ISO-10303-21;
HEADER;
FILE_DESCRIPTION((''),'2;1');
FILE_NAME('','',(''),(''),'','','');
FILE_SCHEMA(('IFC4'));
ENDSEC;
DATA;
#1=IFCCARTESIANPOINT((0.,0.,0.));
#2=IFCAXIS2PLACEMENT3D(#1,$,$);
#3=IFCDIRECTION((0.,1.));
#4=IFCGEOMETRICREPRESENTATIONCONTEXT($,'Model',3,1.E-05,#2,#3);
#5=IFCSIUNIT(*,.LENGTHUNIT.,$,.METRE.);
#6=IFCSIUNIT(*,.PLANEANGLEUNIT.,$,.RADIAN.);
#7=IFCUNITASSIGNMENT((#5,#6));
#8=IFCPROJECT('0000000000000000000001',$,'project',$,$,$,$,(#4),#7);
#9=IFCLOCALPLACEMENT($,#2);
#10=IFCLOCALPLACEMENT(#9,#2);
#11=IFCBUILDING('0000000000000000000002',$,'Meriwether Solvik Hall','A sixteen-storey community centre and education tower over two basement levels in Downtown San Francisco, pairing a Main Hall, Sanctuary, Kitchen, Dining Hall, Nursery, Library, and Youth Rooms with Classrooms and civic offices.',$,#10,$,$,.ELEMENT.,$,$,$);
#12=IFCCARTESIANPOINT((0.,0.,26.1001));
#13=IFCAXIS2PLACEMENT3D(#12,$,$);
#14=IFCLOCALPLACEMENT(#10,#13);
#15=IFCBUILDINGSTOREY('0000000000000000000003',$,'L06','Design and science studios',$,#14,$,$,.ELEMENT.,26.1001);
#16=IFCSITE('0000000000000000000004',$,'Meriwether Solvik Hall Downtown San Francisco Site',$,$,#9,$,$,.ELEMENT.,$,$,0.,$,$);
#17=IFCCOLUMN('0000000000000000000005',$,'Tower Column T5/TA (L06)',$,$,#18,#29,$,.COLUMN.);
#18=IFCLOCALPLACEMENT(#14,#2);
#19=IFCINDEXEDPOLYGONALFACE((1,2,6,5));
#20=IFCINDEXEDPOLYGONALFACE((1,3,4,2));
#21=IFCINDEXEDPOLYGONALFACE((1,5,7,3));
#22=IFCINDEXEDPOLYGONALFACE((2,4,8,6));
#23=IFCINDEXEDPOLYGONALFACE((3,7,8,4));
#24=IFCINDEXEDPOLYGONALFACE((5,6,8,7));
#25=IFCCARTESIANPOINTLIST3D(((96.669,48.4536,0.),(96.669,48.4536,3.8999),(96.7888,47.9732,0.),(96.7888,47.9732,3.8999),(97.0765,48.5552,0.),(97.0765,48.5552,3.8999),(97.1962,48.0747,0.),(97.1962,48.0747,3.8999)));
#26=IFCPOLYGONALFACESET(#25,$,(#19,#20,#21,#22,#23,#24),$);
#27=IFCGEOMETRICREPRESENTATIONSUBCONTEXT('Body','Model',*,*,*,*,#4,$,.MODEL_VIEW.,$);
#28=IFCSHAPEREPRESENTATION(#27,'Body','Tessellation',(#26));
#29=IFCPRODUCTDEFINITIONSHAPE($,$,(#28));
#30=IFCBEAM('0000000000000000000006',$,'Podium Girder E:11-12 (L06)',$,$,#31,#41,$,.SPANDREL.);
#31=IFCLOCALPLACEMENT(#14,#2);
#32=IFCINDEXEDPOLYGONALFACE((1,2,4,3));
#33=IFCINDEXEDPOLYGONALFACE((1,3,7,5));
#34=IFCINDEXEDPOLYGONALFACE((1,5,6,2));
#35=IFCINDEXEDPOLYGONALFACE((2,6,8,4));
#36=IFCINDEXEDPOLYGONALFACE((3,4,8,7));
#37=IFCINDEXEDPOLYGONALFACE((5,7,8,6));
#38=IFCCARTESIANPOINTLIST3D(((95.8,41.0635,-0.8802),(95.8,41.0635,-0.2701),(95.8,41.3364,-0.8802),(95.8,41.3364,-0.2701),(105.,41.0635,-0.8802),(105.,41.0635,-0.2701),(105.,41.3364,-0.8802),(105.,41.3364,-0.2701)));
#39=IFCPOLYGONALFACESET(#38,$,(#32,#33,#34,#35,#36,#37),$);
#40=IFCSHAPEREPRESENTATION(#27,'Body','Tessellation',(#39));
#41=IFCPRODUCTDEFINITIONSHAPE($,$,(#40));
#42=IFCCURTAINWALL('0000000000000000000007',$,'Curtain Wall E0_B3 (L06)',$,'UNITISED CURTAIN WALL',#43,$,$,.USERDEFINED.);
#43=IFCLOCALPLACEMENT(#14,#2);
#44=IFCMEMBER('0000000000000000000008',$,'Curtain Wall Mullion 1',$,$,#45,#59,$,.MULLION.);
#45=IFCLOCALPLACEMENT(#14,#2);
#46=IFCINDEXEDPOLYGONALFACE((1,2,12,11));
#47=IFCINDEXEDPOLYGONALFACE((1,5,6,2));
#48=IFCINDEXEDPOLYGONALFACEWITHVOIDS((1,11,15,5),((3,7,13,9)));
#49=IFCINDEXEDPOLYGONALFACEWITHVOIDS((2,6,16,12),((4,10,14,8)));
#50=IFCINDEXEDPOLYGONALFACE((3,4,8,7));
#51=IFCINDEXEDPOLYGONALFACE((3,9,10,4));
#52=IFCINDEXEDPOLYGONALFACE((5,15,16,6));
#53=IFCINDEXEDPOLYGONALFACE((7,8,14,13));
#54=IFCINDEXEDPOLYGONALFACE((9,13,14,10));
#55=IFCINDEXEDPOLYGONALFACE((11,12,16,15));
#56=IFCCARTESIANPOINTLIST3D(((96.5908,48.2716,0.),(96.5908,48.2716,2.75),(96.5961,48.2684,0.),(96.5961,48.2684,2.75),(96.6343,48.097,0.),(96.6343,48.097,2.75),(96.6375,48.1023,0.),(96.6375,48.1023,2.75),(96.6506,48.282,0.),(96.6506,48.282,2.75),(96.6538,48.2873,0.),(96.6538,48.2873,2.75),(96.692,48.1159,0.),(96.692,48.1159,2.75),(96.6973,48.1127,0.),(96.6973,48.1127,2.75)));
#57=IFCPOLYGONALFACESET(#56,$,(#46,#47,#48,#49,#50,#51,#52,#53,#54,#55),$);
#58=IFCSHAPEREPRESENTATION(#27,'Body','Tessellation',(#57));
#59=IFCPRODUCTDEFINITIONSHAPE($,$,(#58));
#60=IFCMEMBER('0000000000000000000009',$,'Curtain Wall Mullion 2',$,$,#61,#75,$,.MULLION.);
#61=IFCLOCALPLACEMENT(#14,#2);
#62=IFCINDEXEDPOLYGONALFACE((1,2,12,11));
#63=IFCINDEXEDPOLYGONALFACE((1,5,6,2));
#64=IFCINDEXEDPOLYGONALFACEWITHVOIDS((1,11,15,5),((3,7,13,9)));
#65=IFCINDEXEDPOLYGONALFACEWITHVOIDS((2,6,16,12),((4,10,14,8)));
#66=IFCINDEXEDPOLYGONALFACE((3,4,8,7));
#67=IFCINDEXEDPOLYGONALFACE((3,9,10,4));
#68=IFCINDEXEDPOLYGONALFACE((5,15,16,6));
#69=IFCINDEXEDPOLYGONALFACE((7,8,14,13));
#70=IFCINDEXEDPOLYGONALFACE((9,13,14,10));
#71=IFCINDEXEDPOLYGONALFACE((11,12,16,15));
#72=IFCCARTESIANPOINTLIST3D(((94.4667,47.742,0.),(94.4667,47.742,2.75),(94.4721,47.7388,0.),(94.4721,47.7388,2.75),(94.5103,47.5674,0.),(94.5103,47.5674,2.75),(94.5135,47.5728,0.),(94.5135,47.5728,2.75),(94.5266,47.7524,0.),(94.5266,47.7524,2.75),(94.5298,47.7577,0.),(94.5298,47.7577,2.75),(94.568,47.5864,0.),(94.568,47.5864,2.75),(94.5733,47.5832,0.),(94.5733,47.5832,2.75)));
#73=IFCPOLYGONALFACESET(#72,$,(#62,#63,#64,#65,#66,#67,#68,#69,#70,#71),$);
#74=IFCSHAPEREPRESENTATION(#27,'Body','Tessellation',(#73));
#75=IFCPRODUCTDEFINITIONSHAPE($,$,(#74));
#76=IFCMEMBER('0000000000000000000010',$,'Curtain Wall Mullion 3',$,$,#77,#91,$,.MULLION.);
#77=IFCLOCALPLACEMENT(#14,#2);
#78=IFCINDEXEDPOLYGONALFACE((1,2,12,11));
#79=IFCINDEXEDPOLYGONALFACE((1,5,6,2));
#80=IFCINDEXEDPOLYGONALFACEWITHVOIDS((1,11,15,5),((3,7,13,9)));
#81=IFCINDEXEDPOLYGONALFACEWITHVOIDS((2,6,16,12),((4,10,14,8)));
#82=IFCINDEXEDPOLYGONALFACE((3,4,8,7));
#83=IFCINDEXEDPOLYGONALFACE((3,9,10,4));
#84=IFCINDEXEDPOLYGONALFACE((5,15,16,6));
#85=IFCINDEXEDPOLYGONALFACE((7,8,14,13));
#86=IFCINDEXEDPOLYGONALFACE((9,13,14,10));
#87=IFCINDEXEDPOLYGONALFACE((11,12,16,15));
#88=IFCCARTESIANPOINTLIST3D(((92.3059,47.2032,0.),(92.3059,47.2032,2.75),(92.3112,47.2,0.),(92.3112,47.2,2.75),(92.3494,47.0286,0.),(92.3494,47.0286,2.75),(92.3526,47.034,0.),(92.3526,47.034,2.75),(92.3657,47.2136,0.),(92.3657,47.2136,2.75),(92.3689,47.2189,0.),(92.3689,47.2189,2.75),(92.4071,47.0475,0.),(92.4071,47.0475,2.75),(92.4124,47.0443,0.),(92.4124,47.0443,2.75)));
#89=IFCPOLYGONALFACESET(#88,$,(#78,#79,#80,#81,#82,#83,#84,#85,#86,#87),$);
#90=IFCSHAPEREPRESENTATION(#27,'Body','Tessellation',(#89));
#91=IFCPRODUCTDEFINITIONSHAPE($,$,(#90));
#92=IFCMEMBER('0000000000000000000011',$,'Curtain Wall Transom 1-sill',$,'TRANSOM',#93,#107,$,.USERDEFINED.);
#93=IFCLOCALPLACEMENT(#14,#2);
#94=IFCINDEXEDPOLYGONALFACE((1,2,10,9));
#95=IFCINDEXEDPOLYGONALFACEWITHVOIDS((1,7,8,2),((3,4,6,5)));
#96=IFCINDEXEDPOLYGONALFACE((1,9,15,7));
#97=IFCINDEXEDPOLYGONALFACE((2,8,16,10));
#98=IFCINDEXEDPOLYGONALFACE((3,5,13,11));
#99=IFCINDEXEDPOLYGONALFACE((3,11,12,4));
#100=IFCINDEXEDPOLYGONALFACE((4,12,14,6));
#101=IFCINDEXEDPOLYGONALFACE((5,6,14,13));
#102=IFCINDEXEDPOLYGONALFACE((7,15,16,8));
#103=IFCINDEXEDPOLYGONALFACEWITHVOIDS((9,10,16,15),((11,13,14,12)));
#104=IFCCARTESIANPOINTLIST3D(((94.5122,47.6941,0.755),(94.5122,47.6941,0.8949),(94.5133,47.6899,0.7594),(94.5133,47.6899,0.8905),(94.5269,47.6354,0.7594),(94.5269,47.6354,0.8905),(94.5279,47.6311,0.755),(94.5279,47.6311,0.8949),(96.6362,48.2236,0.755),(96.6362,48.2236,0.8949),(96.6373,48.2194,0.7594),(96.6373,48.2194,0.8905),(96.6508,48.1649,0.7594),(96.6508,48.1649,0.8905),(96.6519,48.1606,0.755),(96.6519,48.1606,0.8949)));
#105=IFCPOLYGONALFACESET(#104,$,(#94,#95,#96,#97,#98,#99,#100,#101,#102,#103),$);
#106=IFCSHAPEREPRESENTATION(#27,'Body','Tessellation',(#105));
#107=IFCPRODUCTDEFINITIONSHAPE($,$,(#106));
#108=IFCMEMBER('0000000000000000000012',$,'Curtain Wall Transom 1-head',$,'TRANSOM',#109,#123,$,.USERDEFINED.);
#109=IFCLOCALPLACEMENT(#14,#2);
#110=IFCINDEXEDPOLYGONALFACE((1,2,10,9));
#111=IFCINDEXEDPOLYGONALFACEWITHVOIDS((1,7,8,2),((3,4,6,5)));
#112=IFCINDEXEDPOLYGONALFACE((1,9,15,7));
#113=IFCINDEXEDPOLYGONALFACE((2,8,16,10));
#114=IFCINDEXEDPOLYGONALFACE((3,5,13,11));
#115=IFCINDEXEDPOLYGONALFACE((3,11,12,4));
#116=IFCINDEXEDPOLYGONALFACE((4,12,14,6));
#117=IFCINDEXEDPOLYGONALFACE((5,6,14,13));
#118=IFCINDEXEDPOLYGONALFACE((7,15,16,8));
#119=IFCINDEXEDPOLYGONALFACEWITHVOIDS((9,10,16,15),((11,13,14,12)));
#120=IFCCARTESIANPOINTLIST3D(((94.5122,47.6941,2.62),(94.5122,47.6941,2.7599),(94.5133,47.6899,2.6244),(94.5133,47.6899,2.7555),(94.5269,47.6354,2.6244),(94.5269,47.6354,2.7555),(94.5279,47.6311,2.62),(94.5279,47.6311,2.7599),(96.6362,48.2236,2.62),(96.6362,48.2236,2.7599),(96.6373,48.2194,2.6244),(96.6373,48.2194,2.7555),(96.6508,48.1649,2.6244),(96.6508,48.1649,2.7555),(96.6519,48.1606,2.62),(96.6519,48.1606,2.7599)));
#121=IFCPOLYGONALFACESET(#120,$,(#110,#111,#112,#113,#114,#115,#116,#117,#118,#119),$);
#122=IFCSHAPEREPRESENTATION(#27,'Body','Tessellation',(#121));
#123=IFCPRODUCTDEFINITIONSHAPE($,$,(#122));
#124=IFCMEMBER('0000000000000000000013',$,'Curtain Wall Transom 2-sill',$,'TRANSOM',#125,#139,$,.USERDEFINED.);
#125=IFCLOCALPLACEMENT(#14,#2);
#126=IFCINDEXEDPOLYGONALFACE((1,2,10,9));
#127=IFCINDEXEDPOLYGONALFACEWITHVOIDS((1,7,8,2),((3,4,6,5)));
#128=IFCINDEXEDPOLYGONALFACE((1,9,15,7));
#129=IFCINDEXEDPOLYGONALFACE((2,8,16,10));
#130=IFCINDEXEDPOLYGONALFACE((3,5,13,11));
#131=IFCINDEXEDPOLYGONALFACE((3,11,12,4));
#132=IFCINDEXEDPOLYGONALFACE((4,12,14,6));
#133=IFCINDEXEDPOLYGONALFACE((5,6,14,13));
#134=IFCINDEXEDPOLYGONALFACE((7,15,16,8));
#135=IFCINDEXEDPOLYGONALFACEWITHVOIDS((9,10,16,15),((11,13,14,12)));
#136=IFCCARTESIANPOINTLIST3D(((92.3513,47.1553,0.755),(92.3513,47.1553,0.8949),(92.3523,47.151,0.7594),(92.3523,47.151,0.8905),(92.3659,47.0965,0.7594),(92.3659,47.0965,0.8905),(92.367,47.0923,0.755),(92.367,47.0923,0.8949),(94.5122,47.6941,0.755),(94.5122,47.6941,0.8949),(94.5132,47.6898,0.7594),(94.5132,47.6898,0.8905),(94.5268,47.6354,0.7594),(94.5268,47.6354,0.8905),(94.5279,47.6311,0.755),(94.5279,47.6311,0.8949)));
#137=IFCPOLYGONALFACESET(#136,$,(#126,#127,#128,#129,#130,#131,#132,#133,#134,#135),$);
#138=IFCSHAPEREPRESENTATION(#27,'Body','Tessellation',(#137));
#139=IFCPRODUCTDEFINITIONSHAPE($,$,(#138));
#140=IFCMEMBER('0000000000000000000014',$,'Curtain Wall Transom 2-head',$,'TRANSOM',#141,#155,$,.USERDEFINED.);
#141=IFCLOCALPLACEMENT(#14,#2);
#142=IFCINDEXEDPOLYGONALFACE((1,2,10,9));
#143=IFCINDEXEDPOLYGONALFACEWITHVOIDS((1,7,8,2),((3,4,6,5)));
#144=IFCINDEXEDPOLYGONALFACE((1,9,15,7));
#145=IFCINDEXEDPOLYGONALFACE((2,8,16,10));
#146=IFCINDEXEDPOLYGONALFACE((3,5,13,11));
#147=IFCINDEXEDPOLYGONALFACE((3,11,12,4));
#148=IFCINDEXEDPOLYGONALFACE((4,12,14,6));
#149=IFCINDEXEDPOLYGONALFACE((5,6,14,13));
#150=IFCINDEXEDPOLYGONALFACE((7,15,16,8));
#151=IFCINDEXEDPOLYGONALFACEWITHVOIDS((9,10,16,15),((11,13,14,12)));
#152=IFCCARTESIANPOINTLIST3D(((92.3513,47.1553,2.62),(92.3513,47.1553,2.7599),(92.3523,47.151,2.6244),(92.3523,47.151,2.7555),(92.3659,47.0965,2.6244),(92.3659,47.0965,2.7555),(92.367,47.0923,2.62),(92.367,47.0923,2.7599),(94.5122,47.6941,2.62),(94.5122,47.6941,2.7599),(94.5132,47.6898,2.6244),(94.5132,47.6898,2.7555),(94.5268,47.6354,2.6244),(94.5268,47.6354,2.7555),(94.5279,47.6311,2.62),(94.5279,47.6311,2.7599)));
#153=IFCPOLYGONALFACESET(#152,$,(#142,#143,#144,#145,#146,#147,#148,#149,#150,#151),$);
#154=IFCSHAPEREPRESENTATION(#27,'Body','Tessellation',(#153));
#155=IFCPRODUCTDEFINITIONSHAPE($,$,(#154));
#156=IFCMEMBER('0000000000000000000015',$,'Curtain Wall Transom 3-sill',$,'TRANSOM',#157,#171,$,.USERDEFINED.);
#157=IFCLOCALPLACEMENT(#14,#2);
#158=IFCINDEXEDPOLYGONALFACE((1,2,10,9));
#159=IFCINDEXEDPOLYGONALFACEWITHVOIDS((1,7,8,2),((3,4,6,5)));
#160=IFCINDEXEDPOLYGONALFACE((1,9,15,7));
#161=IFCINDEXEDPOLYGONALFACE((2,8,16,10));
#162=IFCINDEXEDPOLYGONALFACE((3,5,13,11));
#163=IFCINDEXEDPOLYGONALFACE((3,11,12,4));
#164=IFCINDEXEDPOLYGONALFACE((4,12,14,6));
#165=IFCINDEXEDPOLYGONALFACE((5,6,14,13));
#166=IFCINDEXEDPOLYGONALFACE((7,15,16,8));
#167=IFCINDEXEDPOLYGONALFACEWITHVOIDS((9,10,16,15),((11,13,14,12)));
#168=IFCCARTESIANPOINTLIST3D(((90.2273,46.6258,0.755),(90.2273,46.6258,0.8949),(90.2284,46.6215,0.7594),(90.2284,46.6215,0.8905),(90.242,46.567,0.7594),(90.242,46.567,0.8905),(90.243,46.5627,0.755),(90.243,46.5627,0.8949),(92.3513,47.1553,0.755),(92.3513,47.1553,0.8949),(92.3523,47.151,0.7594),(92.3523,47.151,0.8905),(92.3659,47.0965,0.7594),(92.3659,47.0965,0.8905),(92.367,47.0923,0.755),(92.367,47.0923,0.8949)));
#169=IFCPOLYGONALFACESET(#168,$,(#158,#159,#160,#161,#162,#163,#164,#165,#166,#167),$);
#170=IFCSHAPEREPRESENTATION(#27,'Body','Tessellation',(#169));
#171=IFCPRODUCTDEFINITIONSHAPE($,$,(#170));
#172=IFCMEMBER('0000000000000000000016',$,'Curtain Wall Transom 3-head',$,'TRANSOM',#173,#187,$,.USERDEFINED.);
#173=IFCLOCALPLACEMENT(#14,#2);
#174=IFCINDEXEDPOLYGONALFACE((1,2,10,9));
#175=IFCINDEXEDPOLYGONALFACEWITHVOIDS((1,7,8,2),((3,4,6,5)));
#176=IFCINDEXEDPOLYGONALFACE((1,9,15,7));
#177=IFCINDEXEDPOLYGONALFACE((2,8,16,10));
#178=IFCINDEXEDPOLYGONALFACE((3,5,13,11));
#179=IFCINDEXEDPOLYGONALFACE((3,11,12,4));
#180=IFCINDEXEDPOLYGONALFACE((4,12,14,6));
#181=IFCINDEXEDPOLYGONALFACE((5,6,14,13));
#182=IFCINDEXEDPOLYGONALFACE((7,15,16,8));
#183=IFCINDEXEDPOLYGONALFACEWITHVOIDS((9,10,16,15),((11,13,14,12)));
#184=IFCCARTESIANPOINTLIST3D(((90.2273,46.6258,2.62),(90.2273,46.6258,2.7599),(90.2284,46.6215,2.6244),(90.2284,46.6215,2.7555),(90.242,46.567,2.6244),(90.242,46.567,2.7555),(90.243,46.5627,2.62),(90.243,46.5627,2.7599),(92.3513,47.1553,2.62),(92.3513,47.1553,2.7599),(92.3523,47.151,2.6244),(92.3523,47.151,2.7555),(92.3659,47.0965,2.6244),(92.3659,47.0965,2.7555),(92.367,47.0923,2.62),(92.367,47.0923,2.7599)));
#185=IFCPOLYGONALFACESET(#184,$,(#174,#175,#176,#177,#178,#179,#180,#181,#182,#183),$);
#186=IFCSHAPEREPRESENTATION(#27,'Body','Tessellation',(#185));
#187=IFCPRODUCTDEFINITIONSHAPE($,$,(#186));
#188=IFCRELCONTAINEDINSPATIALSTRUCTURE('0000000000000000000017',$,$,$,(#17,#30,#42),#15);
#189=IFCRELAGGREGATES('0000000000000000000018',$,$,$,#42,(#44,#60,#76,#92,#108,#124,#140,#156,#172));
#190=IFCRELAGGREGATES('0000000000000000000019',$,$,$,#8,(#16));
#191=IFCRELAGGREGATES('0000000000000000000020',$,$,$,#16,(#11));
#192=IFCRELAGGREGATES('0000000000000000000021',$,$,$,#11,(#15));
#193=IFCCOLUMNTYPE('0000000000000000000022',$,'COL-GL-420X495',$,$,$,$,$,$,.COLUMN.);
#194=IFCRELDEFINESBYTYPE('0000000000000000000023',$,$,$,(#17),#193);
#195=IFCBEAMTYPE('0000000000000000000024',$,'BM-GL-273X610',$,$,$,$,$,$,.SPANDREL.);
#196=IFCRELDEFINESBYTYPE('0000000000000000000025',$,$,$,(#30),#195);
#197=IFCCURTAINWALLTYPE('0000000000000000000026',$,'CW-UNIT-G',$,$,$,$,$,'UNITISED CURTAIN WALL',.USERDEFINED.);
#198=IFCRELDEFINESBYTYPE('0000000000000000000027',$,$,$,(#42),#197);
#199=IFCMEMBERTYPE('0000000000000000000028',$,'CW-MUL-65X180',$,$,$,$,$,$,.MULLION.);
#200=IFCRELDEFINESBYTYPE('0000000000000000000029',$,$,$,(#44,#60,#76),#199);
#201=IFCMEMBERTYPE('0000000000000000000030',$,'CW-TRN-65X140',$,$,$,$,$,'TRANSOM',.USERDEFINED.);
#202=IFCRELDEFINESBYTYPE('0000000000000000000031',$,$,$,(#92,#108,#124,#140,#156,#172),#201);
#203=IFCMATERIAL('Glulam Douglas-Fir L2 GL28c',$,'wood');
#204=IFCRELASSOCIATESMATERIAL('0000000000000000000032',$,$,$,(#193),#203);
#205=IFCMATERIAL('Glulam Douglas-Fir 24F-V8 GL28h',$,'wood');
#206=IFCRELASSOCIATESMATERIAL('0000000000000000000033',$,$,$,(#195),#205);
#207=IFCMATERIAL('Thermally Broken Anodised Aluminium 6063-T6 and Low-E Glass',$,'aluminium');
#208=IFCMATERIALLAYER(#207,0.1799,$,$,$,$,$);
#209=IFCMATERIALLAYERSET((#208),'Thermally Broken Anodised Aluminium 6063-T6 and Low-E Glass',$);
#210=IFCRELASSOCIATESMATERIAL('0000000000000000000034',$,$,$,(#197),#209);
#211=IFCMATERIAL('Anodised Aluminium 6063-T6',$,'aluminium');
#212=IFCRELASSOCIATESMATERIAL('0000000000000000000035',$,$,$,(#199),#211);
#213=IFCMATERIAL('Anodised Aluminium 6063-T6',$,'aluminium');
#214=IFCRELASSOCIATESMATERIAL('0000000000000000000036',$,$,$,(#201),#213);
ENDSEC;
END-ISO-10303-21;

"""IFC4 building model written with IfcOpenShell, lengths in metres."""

from ifc_helpers import new_model, si_unit, direction, frame, origin, origin_2d, place, context, subcontext, project, spatial, rectangle, hollow_rectangle, extrude, material, layer, layer_set, material_profile, profile_set, type_object, element, aggregate, save


model = new_model("IFC4")

# Units and contexts
model_context = context("Model", 3, precision=1e-05, world=origin(), true_north=direction((0.0, 1.0)))
body_context = subcontext(model_context, "Body", "Model", "MODEL_VIEW")
ifc_project = project(units=[si_unit("LENGTHUNIT", "METRE"), si_unit("PLANEANGLEUNIT", "RADIAN")], contexts=[model_context])

# Site, building, storey
site_placement = place(None, origin())
site = spatial("IfcSite", under=ifc_project, at=site_placement, Name="Meriwether Solvik Hall Downtown San Francisco Site", CompositionType="ELEMENT", RefElevation=0.0)
building_placement = place(site_placement, origin())
building = spatial("IfcBuilding", under=site, at=building_placement, Name="Meriwether Solvik Hall", Description="A sixteen-storey community centre and education tower over two basement levels in Downtown San Francisco, pairing a Main Hall, Sanctuary, Kitchen, Dining Hall, Nursery, Library, and Youth Rooms with Classrooms and civic offices.", CompositionType="ELEMENT")
storey_placement = place(building_placement, frame((0.0, 0.0, 26.1001)))
storey = spatial("IfcBuildingStorey", under=building, at=storey_placement, Name="L06", Description="Design and science studios", CompositionType="ELEMENT", Elevation=26.1001)

# Column
ifc_material_1 = material(Name="Glulam Douglas-Fir L2 GL28c", Category="wood")
ifc_material_profile_1 = material_profile(ifc_material_1, rectangle(XDim=0.4199, YDim=0.4951, at=origin_2d()), Name="GLC-420X495")
ifc_profile_set_1 = profile_set([ifc_material_profile_1], Name="Glulam Douglas-Fir L2 GL28c")
column_type = type_object("IfcColumnType", Name="COL-GL-420X495", PredefinedType="COLUMN", material=ifc_profile_set_1)
column_placement = place(storey_placement, frame((96.9326, 48.2642, 0.0), z_axis=(0.0, 0.0, 1.0), x_axis=(0.970296, 0.241922, 0.0)))
element("IfcColumn", 1, at=column_placement, inside=storey, type_object=column_type, Name="Tower Column T5/TA (L06)", PredefinedType="COLUMN", context=body_context, shape_type="SweptSolid", body=[
    extrude(rectangle(XDim=0.4199, YDim=0.4951, at=origin_2d()), origin(), (0.0, 0.0, 1.0), 3.8999),
])

# Beam
ifc_material_2 = material(Name="Glulam Douglas-Fir 24F-V8 GL28h", Category="wood")
ifc_material_profile_2 = material_profile(ifc_material_2, rectangle(XDim=0.2729, YDim=0.6101, at=origin_2d()), Name="GLB-273X610")
ifc_profile_set_2 = profile_set([ifc_material_profile_2], Name="Glulam Douglas-Fir 24F-V8 GL28h")
beam_type_1 = type_object("IfcBeamType", Name="BM-GL-273X610", PredefinedType="SPANDREL", material=ifc_profile_set_2)
beam_placement = place(storey_placement, frame((95.8, 41.2, -0.5752), z_axis=(1.0, 0.0, 0.0), x_axis=(0.0, 1.0, 0.0)))
element("IfcBeam", 2, at=beam_placement, inside=storey, type_object=beam_type_1, Name="Podium Girder E:11-12 (L06)", PredefinedType="SPANDREL", context=body_context, shape_type="SweptSolid", body=[
    extrude(rectangle(XDim=0.2729, YDim=0.6101, at=origin_2d()), origin(), (0.0, 0.0, 1.0), 9.2),
])

# Curtain wall, members
ifc_material_3 = material(Name="Thermally Broken Anodised Aluminium 6063-T6 and Low-E Glass", Category="aluminium")
ifc_layer_1 = layer(ifc_material_3, 0.1799)
ifc_layer_set_1 = layer_set([ifc_layer_1], Name="Thermally Broken Anodised Aluminium 6063-T6 and Low-E Glass")
curtain_wall_type = type_object("IfcCurtainWallType", Name="CW-UNIT-G", ElementType="UNITISED CURTAIN WALL", PredefinedType="USERDEFINED", material=ifc_layer_set_1)
curtain_wall_placement = place(storey_placement, origin())
curtain_wall = element("IfcCurtainWall", 3, at=curtain_wall_placement, inside=storey, type_object=curtain_wall_type, Name="Curtain Wall E0_B3 (L06)", ObjectType="UNITISED CURTAIN WALL", PredefinedType="USERDEFINED")
ifc_material_4 = material(Name="Anodised Aluminium 6063-T6", Category="aluminium")
ifc_material_profile_3 = material_profile(ifc_material_4, hollow_rectangle(XDim=0.0649, YDim=0.1799, WallThickness=0.0044, at=origin_2d()), Name="CWM-65X180")
ifc_profile_set_3 = profile_set([ifc_material_profile_3], Name="Anodised Aluminium 6063-T6")
member_type_1 = type_object("IfcMemberType", Name="CW-MUL-65X180", PredefinedType="MULLION", material=ifc_profile_set_3)
member_1_placement = place(storey_placement, frame((96.644, 48.1921, 0.0), z_axis=(0.0, 0.0, 1.0), x_axis=(-0.970296, -0.241922, 0.0)))
member_1 = element("IfcMember", 4, at=member_1_placement, type_object=member_type_1, Name="Curtain Wall Mullion 1", PredefinedType="MULLION", context=body_context, shape_type="SweptSolid", body=[
    extrude(hollow_rectangle(XDim=0.0649, YDim=0.1799, WallThickness=0.0044, at=origin_2d()), origin(), (0.0, 0.0, 1.0), 2.75),
])
member_2_placement = place(storey_placement, frame((94.52, 47.6626, 0.0), z_axis=(0.0, 0.0, 1.0), x_axis=(-0.970296, -0.241922, 0.0)))
member_2 = element("IfcMember", 5, at=member_2_placement, type_object=member_type_1, Name="Curtain Wall Mullion 2", PredefinedType="MULLION", context=body_context, shape_type="SweptSolid", body=[
    extrude(hollow_rectangle(XDim=0.0649, YDim=0.1799, WallThickness=0.0044, at=origin_2d()), origin(), (0.0, 0.0, 1.0), 2.75),
])
member_3_placement = place(storey_placement, frame((92.3591, 47.1238, 0.0), z_axis=(0.0, 0.0, 1.0), x_axis=(-0.970296, -0.241922, 0.0)))
member_3 = element("IfcMember", 6, at=member_3_placement, type_object=member_type_1, Name="Curtain Wall Mullion 3", PredefinedType="MULLION", context=body_context, shape_type="SweptSolid", body=[
    extrude(hollow_rectangle(XDim=0.0649, YDim=0.1799, WallThickness=0.0044, at=origin_2d()), origin(), (0.0, 0.0, 1.0), 2.75),
])
ifc_material_5 = material(Name="Anodised Aluminium 6063-T6", Category="aluminium")
ifc_material_profile_4 = material_profile(ifc_material_5, hollow_rectangle(XDim=0.0649, YDim=0.1399, WallThickness=0.0044, at=origin_2d()), Name="CWT-65X140")
ifc_profile_set_4 = profile_set([ifc_material_profile_4], Name="Anodised Aluminium 6063-T6")
member_type_2 = type_object("IfcMemberType", Name="CW-TRN-65X140", ElementType="TRANSOM", PredefinedType="USERDEFINED", material=ifc_profile_set_4)
member_4_placement = place(storey_placement, frame((96.644, 48.1921, 0.825), z_axis=(-0.9703, -0.241906, 0.0), x_axis=(0.241906, -0.9703, 0.0)))
member_4 = element("IfcMember", 7, at=member_4_placement, type_object=member_type_2, Name="Curtain Wall Transom 1-sill", ObjectType="TRANSOM", PredefinedType="USERDEFINED", context=body_context, shape_type="SweptSolid", body=[
    extrude(hollow_rectangle(XDim=0.0649, YDim=0.1399, WallThickness=0.0044, at=origin_2d()), origin(), (0.0, 0.0, 1.0), 2.189),
])
member_5_placement = place(storey_placement, frame((96.644, 48.1921, 2.6899), z_axis=(-0.9703, -0.241906, 0.0), x_axis=(0.241906, -0.9703, 0.0)))
member_5 = element("IfcMember", 8, at=member_5_placement, type_object=member_type_2, Name="Curtain Wall Transom 1-head", ObjectType="TRANSOM", PredefinedType="USERDEFINED", context=body_context, shape_type="SweptSolid", body=[
    extrude(hollow_rectangle(XDim=0.0649, YDim=0.1399, WallThickness=0.0044, at=origin_2d()), origin(), (0.0, 0.0, 1.0), 2.189),
])
member_6_placement = place(storey_placement, frame((94.52, 47.6626, 0.825), z_axis=(-0.970291, -0.241942, 0.0), x_axis=(0.241942, -0.970291, 0.0)))
member_6 = element("IfcMember", 9, at=member_6_placement, type_object=member_type_2, Name="Curtain Wall Transom 2-sill", ObjectType="TRANSOM", PredefinedType="USERDEFINED", context=body_context, shape_type="SweptSolid", body=[
    extrude(hollow_rectangle(XDim=0.0649, YDim=0.1399, WallThickness=0.0044, at=origin_2d()), origin(), (0.0, 0.0, 1.0), 2.2271),
])
member_7_placement = place(storey_placement, frame((94.52, 47.6626, 2.6899), z_axis=(-0.970291, -0.241942, 0.0), x_axis=(0.241942, -0.970291, 0.0)))
member_7 = element("IfcMember", 10, at=member_7_placement, type_object=member_type_2, Name="Curtain Wall Transom 2-head", ObjectType="TRANSOM", PredefinedType="USERDEFINED", context=body_context, shape_type="SweptSolid", body=[
    extrude(hollow_rectangle(XDim=0.0649, YDim=0.1399, WallThickness=0.0044, at=origin_2d()), origin(), (0.0, 0.0, 1.0), 2.2271),
])
member_8_placement = place(storey_placement, frame((92.3591, 47.1238, 0.825), z_axis=(-0.9703, -0.241906, 0.0), x_axis=(0.241906, -0.9703, 0.0)))
member_8 = element("IfcMember", 11, at=member_8_placement, type_object=member_type_2, Name="Curtain Wall Transom 3-sill", ObjectType="TRANSOM", PredefinedType="USERDEFINED", context=body_context, shape_type="SweptSolid", body=[
    extrude(hollow_rectangle(XDim=0.0649, YDim=0.1399, WallThickness=0.0044, at=origin_2d()), origin(), (0.0, 0.0, 1.0), 2.189),
])
member_9_placement = place(storey_placement, frame((92.3591, 47.1238, 2.6899), z_axis=(-0.9703, -0.241906, 0.0), x_axis=(0.241906, -0.9703, 0.0)))
member_9 = element("IfcMember", 12, at=member_9_placement, type_object=member_type_2, Name="Curtain Wall Transom 3-head", ObjectType="TRANSOM", PredefinedType="USERDEFINED", context=body_context, shape_type="SweptSolid", body=[
    extrude(hollow_rectangle(XDim=0.0649, YDim=0.1399, WallThickness=0.0044, at=origin_2d()), origin(), (0.0, 0.0, 1.0), 2.189),
])

aggregate(curtain_wall, [member_1, member_2, member_3, member_4, member_5, member_6, member_7, member_8, member_9])

save(model, "model.ifc")
